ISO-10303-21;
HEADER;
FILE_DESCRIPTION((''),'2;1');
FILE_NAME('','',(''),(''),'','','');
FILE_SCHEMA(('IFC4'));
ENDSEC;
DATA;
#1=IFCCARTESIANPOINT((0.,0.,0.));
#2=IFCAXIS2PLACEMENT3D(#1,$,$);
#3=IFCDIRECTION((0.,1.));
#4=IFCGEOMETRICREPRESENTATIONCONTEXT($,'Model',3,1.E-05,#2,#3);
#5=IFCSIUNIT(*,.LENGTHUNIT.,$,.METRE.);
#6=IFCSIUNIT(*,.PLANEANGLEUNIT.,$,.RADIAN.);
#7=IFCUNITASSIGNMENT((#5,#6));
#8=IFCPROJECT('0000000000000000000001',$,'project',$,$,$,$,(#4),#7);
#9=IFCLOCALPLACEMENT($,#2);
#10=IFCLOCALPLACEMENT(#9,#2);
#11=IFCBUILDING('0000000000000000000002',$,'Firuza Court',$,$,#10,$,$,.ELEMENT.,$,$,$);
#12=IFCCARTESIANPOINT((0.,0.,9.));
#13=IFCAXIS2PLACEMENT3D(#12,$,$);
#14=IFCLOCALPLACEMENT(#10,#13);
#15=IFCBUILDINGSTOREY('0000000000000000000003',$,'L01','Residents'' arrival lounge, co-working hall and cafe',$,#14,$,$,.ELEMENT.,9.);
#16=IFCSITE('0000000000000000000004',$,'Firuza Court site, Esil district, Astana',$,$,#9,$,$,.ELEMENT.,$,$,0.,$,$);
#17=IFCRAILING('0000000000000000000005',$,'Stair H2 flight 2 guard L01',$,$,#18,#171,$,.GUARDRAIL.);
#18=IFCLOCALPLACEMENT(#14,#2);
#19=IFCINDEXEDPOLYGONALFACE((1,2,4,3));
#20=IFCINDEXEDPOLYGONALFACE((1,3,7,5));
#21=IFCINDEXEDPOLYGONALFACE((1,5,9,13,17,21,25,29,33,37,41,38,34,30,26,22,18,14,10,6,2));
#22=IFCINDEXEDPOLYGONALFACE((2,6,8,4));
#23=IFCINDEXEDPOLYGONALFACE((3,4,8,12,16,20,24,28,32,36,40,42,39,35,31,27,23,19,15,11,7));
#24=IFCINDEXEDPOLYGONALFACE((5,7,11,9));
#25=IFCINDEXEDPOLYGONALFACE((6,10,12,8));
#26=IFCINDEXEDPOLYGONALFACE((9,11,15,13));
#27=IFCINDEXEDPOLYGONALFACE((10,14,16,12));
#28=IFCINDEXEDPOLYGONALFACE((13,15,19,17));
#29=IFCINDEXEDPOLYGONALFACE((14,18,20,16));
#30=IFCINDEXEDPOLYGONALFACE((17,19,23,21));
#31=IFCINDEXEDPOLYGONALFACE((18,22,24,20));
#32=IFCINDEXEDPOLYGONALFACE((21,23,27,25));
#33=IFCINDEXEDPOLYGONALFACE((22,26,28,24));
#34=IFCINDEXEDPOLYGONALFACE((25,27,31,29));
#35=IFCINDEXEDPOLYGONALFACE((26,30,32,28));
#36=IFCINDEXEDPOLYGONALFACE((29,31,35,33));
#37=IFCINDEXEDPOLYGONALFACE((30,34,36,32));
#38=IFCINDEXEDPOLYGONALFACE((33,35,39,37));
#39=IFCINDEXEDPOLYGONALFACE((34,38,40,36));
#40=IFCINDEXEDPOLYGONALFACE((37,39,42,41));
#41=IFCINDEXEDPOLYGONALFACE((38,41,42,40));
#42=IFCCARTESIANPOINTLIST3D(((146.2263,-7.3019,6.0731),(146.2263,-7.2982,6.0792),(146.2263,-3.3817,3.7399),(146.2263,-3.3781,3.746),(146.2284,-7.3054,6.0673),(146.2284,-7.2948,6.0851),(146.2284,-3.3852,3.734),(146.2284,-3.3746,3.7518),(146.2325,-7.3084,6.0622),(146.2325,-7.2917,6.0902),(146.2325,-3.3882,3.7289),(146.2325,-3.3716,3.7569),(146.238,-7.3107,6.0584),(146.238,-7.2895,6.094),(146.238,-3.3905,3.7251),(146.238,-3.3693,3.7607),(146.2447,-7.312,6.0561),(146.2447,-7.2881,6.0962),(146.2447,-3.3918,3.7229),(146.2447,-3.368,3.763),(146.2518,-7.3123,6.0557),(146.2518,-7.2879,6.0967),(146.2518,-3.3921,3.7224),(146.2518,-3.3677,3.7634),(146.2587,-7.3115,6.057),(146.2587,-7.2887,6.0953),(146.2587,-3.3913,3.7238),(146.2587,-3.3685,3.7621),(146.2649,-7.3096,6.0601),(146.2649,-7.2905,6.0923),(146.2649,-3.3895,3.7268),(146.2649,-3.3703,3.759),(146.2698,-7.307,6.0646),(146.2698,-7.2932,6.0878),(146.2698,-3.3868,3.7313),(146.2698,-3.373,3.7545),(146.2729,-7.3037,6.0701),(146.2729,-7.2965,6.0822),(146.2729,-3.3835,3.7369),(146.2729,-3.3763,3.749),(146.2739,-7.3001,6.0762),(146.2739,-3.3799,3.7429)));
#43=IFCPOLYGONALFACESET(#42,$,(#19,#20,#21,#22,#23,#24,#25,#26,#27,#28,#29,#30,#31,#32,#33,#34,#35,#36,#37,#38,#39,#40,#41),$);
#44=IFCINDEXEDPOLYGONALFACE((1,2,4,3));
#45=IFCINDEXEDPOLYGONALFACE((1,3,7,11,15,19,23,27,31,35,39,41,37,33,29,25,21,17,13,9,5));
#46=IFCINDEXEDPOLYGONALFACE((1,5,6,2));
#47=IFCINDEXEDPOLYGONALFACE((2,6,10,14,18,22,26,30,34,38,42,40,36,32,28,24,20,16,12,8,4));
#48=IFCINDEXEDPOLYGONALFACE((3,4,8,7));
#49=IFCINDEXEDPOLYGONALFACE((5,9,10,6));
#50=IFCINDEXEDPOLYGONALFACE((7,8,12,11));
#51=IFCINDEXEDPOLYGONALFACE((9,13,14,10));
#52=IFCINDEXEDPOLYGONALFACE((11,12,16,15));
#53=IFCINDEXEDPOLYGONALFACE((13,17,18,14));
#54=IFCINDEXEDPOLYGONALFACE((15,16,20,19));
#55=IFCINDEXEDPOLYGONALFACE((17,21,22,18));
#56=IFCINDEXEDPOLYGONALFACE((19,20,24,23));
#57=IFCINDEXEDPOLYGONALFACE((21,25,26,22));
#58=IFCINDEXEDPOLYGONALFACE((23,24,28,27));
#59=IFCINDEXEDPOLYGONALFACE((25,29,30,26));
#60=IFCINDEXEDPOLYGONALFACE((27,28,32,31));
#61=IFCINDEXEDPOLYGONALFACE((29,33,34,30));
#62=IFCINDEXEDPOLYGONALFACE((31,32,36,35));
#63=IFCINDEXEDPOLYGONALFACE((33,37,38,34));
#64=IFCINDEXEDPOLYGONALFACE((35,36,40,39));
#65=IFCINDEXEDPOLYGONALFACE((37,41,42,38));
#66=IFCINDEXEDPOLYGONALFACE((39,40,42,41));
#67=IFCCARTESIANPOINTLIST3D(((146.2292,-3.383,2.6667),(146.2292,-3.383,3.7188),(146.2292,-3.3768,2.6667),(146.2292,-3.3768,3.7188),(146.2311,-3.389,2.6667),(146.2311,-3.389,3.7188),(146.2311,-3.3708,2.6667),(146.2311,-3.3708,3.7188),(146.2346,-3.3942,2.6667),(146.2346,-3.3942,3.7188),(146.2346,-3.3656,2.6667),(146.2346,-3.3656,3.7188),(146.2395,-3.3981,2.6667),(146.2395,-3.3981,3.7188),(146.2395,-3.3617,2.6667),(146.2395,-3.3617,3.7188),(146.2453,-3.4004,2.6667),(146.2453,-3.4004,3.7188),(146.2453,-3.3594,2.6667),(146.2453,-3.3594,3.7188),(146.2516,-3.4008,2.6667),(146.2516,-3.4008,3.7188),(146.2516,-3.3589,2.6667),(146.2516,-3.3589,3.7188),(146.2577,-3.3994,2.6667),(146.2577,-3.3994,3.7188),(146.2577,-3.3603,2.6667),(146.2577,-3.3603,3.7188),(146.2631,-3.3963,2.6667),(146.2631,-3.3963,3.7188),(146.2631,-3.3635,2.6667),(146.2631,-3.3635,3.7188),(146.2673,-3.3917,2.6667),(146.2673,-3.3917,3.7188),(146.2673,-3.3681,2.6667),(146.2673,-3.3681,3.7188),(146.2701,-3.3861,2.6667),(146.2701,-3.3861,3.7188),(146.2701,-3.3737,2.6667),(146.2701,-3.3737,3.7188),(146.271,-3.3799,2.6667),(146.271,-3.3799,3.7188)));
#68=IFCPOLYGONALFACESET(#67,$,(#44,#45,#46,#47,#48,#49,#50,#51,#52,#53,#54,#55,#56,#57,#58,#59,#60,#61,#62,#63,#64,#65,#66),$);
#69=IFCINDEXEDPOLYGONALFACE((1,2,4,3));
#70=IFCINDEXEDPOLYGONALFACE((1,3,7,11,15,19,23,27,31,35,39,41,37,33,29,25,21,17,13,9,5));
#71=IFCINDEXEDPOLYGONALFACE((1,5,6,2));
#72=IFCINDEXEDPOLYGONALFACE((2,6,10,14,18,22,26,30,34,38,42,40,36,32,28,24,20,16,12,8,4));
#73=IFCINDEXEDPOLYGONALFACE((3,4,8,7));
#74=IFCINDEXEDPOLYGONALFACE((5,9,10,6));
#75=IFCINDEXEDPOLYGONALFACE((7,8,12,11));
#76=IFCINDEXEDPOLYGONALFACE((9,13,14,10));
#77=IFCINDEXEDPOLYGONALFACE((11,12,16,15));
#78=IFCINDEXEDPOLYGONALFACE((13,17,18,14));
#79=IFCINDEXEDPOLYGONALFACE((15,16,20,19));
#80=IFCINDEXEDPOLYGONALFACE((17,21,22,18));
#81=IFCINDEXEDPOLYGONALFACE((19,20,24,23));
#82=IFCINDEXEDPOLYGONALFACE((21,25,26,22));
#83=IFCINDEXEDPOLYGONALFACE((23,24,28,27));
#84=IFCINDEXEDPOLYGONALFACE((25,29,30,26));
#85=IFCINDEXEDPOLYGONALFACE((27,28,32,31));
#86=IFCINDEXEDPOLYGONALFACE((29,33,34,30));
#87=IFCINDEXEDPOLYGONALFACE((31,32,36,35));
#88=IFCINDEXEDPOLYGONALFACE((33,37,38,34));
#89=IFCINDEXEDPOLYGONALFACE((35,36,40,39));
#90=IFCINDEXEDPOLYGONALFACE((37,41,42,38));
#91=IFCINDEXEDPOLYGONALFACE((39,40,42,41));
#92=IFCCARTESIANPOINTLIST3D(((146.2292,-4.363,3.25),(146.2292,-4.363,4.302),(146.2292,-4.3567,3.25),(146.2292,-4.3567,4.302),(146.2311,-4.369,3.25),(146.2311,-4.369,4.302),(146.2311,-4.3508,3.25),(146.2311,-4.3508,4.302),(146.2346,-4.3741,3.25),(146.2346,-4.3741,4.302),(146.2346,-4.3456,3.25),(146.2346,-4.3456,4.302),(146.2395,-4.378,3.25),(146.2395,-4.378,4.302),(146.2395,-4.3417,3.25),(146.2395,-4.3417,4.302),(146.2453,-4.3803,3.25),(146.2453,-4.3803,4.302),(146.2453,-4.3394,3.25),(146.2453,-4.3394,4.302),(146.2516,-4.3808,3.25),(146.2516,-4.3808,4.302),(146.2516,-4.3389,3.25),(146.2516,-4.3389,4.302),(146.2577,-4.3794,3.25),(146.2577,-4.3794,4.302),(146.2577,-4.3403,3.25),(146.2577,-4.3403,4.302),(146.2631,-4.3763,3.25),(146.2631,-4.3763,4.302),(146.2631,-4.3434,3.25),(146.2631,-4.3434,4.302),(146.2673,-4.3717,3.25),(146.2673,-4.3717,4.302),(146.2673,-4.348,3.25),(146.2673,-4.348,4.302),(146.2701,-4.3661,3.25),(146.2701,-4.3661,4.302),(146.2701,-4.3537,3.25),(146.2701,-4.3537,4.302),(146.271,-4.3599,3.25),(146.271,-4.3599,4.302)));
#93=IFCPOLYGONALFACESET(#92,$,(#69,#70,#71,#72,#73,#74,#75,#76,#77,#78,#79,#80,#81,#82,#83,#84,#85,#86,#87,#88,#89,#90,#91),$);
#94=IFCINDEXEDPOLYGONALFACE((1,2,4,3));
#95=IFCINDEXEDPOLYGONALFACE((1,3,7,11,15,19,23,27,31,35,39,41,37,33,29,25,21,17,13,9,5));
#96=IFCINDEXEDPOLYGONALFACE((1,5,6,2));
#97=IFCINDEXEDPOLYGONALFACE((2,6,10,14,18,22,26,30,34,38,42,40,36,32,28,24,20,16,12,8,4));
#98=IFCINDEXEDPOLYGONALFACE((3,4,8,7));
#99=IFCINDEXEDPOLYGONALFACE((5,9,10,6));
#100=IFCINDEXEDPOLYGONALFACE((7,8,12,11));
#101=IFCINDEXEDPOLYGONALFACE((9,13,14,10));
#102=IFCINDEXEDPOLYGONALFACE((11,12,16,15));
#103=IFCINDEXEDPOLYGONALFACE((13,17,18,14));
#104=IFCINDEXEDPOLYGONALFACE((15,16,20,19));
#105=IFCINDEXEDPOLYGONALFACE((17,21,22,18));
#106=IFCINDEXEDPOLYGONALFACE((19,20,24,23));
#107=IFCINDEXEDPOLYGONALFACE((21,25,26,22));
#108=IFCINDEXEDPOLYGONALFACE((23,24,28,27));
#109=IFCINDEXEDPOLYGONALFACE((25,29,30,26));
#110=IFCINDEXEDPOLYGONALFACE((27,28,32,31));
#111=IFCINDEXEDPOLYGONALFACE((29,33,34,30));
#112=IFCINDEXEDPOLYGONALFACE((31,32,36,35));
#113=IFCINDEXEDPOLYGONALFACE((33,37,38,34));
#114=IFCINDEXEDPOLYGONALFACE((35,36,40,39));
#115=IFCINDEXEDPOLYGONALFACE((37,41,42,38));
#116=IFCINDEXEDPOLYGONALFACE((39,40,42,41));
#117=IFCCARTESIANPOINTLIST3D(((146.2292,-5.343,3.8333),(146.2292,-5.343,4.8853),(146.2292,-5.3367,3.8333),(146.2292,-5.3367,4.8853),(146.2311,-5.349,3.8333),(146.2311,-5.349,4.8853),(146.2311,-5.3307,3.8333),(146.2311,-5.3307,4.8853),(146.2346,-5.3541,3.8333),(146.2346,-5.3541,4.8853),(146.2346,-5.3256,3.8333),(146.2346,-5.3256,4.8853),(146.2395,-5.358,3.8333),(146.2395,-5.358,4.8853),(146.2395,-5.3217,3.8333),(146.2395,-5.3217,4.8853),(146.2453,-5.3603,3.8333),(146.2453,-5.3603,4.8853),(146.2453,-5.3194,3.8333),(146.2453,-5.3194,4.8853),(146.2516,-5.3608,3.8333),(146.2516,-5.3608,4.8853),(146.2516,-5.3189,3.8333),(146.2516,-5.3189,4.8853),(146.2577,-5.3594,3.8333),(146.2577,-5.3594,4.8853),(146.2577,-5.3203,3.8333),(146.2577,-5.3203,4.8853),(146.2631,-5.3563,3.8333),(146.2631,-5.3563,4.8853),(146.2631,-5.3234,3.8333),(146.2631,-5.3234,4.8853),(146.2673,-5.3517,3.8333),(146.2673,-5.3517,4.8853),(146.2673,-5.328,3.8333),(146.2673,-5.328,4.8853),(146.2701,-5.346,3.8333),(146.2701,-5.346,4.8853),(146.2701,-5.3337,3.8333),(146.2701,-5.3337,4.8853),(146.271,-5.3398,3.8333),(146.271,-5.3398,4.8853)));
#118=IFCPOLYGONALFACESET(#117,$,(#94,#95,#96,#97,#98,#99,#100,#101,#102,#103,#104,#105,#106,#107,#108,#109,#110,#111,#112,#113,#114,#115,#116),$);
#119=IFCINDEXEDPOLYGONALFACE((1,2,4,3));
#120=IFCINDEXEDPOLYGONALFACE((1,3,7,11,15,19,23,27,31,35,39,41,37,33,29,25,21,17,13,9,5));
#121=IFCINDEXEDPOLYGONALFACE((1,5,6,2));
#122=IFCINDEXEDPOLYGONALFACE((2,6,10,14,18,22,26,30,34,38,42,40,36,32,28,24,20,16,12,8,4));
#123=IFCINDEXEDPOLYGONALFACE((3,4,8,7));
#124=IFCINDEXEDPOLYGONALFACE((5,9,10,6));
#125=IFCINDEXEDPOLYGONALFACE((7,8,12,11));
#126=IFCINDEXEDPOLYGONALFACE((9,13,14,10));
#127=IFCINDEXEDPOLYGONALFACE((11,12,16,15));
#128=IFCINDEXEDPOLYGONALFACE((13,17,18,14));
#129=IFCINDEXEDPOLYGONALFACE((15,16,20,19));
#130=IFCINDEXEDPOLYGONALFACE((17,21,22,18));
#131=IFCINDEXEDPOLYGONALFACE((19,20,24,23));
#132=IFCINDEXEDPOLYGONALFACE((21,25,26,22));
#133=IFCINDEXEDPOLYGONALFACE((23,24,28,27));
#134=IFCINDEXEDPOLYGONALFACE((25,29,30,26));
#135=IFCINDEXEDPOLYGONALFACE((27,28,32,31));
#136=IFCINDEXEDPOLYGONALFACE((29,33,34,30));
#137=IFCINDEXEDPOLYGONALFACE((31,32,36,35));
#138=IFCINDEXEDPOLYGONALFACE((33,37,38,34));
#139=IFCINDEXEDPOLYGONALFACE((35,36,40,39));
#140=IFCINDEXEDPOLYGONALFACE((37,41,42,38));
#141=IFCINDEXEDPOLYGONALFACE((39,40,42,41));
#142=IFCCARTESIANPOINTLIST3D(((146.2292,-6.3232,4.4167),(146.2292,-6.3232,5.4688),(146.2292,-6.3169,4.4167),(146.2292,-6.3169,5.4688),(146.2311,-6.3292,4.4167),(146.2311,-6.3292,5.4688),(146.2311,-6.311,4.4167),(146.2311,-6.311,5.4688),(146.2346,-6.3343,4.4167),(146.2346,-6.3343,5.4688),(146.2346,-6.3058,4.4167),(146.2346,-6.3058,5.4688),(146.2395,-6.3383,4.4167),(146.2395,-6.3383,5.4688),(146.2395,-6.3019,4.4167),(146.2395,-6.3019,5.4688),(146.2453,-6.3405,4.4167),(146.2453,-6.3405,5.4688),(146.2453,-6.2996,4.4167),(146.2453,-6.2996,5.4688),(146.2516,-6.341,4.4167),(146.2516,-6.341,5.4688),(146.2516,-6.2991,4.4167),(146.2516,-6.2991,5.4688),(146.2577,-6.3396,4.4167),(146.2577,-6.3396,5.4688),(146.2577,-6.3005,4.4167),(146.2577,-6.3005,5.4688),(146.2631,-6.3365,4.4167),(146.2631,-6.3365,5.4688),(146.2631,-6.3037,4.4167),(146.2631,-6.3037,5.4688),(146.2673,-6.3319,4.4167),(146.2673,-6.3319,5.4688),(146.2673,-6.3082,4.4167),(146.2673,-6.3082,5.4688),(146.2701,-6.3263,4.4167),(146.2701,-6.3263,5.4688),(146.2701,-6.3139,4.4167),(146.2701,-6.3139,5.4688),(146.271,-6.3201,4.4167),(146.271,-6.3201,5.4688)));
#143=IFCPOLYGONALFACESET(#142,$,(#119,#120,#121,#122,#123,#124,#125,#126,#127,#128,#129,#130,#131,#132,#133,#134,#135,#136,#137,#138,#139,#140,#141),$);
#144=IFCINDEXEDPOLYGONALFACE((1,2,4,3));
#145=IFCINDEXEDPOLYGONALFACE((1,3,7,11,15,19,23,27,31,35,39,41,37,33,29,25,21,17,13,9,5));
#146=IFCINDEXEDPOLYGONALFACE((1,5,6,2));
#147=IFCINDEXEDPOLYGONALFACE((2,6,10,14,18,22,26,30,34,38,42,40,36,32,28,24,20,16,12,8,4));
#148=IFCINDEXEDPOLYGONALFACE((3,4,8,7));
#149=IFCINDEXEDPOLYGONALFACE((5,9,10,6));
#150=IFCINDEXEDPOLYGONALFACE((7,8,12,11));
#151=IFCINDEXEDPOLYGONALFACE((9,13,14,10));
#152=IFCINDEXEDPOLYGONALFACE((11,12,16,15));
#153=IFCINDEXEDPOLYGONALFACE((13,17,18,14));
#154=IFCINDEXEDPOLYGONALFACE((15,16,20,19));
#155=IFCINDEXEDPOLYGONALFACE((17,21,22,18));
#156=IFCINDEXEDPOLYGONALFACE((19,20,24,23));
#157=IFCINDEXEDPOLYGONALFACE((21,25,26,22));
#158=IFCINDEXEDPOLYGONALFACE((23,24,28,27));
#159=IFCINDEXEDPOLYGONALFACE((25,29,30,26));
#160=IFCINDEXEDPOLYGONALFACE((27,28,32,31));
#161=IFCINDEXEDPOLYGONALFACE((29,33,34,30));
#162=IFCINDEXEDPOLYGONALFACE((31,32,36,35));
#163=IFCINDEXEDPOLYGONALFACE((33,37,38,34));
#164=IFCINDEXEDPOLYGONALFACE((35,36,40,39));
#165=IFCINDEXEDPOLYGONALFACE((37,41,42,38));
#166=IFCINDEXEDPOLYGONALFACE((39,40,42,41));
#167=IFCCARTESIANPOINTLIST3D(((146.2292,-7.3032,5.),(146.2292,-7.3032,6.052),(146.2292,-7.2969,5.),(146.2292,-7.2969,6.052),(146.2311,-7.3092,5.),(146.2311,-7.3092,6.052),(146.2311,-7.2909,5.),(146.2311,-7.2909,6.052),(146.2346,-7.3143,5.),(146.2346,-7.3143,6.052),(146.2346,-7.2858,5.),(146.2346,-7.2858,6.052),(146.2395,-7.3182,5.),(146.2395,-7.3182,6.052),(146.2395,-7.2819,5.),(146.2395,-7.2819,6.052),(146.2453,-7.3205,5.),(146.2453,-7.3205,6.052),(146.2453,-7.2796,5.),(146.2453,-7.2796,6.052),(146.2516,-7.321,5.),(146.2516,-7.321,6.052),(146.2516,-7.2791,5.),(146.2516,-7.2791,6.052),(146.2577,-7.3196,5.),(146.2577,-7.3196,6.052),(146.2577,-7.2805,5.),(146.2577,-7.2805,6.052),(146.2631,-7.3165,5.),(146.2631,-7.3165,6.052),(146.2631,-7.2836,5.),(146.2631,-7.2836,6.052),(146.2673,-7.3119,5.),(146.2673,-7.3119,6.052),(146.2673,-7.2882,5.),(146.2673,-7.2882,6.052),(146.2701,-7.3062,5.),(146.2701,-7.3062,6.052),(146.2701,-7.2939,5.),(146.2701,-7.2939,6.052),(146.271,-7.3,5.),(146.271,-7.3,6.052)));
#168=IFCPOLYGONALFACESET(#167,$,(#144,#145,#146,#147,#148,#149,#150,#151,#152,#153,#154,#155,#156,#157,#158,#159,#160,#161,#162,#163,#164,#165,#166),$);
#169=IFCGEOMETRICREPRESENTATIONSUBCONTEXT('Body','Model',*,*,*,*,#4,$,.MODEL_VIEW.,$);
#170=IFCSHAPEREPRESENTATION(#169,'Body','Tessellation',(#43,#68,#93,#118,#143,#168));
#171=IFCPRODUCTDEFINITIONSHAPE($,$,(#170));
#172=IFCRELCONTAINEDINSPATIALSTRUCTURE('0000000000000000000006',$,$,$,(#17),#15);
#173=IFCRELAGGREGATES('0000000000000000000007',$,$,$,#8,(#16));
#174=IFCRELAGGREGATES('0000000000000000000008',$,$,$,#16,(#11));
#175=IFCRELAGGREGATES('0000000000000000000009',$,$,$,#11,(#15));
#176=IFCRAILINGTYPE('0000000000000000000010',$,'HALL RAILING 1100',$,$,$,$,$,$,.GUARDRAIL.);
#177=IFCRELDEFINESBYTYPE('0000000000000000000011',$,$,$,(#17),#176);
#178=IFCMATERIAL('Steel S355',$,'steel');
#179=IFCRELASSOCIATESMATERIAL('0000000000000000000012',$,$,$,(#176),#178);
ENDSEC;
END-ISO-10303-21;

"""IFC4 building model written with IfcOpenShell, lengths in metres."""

from ifc_helpers import new_model, si_unit, direction, frame, origin, origin_2d, place, context, subcontext, project, spatial, circle, extrude, material, type_object, element, save


model = new_model("IFC4")

# Units and contexts
model_context = context("Model", 3, precision=1e-05, world=origin(), true_north=direction((0.0, 1.0)))
body_context = subcontext(model_context, "Body", "Model", "MODEL_VIEW")
ifc_project = project(units=[si_unit("LENGTHUNIT", "METRE"), si_unit("PLANEANGLEUNIT", "RADIAN")], contexts=[model_context])

# Site, building, storey
site_placement = place(None, origin())
site = spatial("IfcSite", under=ifc_project, at=site_placement, Name="Firuza Court site, Esil district, Astana", CompositionType="ELEMENT", RefElevation=0.0)
building_placement = place(site_placement, origin())
building = spatial("IfcBuilding", under=site, at=building_placement, Name="Firuza Court", CompositionType="ELEMENT")
storey_placement = place(building_placement, frame((0.0, 0.0, 9.0)))
storey = spatial("IfcBuildingStorey", under=building, at=storey_placement, Name="L01", Description="Residents' arrival lounge, co-working hall and cafe", CompositionType="ELEMENT", Elevation=9.0)

# Railing
ifc_material_1 = material(Name="Steel S355", Category="steel")
railing_type_1 = type_object("IfcRailingType", Name="HALL RAILING 1100", PredefinedType="GUARDRAIL", material=ifc_material_1)
railing_1_placement = place(storey_placement, frame((146.25, -3.3799, 2.6667)))
element("IfcRailing", 1, at=railing_1_placement, inside=storey, type_object=railing_type_1, Name="Stair H2 flight 2 guard L01", PredefinedType="GUARDRAIL", context=body_context, shape_type="SweptSolid", body=[
    extrude(circle(Radius=0.0239, at=origin_2d()), frame((0.0, 0.0, 1.0762), z_axis=(0.0, -0.85931, 0.511455), x_axis=(1.0, 0.0, 0.0)), (0.0, 0.0, 1.0), 4.562),
    extrude(circle(Radius=0.021, at=origin_2d()), origin(), (0.0, 0.0, 1.0), 1.052),
    extrude(circle(Radius=0.021, at=origin_2d()), frame((0.0, -0.98, 0.5833)), (0.0, 0.0, 1.0), 1.052),
    extrude(circle(Radius=0.021, at=origin_2d()), frame((0.0, -1.96, 1.1665)), (0.0, 0.0, 1.0), 1.052),
    extrude(circle(Radius=0.021, at=origin_2d()), frame((0.0, -2.9402, 1.75)), (0.0, 0.0, 1.0), 1.052),
    extrude(circle(Radius=0.021, at=origin_2d()), frame((0.0, -3.9202, 2.3333)), (0.0, 0.0, 1.0), 1.052),
])

save(model, "model.ifc")
